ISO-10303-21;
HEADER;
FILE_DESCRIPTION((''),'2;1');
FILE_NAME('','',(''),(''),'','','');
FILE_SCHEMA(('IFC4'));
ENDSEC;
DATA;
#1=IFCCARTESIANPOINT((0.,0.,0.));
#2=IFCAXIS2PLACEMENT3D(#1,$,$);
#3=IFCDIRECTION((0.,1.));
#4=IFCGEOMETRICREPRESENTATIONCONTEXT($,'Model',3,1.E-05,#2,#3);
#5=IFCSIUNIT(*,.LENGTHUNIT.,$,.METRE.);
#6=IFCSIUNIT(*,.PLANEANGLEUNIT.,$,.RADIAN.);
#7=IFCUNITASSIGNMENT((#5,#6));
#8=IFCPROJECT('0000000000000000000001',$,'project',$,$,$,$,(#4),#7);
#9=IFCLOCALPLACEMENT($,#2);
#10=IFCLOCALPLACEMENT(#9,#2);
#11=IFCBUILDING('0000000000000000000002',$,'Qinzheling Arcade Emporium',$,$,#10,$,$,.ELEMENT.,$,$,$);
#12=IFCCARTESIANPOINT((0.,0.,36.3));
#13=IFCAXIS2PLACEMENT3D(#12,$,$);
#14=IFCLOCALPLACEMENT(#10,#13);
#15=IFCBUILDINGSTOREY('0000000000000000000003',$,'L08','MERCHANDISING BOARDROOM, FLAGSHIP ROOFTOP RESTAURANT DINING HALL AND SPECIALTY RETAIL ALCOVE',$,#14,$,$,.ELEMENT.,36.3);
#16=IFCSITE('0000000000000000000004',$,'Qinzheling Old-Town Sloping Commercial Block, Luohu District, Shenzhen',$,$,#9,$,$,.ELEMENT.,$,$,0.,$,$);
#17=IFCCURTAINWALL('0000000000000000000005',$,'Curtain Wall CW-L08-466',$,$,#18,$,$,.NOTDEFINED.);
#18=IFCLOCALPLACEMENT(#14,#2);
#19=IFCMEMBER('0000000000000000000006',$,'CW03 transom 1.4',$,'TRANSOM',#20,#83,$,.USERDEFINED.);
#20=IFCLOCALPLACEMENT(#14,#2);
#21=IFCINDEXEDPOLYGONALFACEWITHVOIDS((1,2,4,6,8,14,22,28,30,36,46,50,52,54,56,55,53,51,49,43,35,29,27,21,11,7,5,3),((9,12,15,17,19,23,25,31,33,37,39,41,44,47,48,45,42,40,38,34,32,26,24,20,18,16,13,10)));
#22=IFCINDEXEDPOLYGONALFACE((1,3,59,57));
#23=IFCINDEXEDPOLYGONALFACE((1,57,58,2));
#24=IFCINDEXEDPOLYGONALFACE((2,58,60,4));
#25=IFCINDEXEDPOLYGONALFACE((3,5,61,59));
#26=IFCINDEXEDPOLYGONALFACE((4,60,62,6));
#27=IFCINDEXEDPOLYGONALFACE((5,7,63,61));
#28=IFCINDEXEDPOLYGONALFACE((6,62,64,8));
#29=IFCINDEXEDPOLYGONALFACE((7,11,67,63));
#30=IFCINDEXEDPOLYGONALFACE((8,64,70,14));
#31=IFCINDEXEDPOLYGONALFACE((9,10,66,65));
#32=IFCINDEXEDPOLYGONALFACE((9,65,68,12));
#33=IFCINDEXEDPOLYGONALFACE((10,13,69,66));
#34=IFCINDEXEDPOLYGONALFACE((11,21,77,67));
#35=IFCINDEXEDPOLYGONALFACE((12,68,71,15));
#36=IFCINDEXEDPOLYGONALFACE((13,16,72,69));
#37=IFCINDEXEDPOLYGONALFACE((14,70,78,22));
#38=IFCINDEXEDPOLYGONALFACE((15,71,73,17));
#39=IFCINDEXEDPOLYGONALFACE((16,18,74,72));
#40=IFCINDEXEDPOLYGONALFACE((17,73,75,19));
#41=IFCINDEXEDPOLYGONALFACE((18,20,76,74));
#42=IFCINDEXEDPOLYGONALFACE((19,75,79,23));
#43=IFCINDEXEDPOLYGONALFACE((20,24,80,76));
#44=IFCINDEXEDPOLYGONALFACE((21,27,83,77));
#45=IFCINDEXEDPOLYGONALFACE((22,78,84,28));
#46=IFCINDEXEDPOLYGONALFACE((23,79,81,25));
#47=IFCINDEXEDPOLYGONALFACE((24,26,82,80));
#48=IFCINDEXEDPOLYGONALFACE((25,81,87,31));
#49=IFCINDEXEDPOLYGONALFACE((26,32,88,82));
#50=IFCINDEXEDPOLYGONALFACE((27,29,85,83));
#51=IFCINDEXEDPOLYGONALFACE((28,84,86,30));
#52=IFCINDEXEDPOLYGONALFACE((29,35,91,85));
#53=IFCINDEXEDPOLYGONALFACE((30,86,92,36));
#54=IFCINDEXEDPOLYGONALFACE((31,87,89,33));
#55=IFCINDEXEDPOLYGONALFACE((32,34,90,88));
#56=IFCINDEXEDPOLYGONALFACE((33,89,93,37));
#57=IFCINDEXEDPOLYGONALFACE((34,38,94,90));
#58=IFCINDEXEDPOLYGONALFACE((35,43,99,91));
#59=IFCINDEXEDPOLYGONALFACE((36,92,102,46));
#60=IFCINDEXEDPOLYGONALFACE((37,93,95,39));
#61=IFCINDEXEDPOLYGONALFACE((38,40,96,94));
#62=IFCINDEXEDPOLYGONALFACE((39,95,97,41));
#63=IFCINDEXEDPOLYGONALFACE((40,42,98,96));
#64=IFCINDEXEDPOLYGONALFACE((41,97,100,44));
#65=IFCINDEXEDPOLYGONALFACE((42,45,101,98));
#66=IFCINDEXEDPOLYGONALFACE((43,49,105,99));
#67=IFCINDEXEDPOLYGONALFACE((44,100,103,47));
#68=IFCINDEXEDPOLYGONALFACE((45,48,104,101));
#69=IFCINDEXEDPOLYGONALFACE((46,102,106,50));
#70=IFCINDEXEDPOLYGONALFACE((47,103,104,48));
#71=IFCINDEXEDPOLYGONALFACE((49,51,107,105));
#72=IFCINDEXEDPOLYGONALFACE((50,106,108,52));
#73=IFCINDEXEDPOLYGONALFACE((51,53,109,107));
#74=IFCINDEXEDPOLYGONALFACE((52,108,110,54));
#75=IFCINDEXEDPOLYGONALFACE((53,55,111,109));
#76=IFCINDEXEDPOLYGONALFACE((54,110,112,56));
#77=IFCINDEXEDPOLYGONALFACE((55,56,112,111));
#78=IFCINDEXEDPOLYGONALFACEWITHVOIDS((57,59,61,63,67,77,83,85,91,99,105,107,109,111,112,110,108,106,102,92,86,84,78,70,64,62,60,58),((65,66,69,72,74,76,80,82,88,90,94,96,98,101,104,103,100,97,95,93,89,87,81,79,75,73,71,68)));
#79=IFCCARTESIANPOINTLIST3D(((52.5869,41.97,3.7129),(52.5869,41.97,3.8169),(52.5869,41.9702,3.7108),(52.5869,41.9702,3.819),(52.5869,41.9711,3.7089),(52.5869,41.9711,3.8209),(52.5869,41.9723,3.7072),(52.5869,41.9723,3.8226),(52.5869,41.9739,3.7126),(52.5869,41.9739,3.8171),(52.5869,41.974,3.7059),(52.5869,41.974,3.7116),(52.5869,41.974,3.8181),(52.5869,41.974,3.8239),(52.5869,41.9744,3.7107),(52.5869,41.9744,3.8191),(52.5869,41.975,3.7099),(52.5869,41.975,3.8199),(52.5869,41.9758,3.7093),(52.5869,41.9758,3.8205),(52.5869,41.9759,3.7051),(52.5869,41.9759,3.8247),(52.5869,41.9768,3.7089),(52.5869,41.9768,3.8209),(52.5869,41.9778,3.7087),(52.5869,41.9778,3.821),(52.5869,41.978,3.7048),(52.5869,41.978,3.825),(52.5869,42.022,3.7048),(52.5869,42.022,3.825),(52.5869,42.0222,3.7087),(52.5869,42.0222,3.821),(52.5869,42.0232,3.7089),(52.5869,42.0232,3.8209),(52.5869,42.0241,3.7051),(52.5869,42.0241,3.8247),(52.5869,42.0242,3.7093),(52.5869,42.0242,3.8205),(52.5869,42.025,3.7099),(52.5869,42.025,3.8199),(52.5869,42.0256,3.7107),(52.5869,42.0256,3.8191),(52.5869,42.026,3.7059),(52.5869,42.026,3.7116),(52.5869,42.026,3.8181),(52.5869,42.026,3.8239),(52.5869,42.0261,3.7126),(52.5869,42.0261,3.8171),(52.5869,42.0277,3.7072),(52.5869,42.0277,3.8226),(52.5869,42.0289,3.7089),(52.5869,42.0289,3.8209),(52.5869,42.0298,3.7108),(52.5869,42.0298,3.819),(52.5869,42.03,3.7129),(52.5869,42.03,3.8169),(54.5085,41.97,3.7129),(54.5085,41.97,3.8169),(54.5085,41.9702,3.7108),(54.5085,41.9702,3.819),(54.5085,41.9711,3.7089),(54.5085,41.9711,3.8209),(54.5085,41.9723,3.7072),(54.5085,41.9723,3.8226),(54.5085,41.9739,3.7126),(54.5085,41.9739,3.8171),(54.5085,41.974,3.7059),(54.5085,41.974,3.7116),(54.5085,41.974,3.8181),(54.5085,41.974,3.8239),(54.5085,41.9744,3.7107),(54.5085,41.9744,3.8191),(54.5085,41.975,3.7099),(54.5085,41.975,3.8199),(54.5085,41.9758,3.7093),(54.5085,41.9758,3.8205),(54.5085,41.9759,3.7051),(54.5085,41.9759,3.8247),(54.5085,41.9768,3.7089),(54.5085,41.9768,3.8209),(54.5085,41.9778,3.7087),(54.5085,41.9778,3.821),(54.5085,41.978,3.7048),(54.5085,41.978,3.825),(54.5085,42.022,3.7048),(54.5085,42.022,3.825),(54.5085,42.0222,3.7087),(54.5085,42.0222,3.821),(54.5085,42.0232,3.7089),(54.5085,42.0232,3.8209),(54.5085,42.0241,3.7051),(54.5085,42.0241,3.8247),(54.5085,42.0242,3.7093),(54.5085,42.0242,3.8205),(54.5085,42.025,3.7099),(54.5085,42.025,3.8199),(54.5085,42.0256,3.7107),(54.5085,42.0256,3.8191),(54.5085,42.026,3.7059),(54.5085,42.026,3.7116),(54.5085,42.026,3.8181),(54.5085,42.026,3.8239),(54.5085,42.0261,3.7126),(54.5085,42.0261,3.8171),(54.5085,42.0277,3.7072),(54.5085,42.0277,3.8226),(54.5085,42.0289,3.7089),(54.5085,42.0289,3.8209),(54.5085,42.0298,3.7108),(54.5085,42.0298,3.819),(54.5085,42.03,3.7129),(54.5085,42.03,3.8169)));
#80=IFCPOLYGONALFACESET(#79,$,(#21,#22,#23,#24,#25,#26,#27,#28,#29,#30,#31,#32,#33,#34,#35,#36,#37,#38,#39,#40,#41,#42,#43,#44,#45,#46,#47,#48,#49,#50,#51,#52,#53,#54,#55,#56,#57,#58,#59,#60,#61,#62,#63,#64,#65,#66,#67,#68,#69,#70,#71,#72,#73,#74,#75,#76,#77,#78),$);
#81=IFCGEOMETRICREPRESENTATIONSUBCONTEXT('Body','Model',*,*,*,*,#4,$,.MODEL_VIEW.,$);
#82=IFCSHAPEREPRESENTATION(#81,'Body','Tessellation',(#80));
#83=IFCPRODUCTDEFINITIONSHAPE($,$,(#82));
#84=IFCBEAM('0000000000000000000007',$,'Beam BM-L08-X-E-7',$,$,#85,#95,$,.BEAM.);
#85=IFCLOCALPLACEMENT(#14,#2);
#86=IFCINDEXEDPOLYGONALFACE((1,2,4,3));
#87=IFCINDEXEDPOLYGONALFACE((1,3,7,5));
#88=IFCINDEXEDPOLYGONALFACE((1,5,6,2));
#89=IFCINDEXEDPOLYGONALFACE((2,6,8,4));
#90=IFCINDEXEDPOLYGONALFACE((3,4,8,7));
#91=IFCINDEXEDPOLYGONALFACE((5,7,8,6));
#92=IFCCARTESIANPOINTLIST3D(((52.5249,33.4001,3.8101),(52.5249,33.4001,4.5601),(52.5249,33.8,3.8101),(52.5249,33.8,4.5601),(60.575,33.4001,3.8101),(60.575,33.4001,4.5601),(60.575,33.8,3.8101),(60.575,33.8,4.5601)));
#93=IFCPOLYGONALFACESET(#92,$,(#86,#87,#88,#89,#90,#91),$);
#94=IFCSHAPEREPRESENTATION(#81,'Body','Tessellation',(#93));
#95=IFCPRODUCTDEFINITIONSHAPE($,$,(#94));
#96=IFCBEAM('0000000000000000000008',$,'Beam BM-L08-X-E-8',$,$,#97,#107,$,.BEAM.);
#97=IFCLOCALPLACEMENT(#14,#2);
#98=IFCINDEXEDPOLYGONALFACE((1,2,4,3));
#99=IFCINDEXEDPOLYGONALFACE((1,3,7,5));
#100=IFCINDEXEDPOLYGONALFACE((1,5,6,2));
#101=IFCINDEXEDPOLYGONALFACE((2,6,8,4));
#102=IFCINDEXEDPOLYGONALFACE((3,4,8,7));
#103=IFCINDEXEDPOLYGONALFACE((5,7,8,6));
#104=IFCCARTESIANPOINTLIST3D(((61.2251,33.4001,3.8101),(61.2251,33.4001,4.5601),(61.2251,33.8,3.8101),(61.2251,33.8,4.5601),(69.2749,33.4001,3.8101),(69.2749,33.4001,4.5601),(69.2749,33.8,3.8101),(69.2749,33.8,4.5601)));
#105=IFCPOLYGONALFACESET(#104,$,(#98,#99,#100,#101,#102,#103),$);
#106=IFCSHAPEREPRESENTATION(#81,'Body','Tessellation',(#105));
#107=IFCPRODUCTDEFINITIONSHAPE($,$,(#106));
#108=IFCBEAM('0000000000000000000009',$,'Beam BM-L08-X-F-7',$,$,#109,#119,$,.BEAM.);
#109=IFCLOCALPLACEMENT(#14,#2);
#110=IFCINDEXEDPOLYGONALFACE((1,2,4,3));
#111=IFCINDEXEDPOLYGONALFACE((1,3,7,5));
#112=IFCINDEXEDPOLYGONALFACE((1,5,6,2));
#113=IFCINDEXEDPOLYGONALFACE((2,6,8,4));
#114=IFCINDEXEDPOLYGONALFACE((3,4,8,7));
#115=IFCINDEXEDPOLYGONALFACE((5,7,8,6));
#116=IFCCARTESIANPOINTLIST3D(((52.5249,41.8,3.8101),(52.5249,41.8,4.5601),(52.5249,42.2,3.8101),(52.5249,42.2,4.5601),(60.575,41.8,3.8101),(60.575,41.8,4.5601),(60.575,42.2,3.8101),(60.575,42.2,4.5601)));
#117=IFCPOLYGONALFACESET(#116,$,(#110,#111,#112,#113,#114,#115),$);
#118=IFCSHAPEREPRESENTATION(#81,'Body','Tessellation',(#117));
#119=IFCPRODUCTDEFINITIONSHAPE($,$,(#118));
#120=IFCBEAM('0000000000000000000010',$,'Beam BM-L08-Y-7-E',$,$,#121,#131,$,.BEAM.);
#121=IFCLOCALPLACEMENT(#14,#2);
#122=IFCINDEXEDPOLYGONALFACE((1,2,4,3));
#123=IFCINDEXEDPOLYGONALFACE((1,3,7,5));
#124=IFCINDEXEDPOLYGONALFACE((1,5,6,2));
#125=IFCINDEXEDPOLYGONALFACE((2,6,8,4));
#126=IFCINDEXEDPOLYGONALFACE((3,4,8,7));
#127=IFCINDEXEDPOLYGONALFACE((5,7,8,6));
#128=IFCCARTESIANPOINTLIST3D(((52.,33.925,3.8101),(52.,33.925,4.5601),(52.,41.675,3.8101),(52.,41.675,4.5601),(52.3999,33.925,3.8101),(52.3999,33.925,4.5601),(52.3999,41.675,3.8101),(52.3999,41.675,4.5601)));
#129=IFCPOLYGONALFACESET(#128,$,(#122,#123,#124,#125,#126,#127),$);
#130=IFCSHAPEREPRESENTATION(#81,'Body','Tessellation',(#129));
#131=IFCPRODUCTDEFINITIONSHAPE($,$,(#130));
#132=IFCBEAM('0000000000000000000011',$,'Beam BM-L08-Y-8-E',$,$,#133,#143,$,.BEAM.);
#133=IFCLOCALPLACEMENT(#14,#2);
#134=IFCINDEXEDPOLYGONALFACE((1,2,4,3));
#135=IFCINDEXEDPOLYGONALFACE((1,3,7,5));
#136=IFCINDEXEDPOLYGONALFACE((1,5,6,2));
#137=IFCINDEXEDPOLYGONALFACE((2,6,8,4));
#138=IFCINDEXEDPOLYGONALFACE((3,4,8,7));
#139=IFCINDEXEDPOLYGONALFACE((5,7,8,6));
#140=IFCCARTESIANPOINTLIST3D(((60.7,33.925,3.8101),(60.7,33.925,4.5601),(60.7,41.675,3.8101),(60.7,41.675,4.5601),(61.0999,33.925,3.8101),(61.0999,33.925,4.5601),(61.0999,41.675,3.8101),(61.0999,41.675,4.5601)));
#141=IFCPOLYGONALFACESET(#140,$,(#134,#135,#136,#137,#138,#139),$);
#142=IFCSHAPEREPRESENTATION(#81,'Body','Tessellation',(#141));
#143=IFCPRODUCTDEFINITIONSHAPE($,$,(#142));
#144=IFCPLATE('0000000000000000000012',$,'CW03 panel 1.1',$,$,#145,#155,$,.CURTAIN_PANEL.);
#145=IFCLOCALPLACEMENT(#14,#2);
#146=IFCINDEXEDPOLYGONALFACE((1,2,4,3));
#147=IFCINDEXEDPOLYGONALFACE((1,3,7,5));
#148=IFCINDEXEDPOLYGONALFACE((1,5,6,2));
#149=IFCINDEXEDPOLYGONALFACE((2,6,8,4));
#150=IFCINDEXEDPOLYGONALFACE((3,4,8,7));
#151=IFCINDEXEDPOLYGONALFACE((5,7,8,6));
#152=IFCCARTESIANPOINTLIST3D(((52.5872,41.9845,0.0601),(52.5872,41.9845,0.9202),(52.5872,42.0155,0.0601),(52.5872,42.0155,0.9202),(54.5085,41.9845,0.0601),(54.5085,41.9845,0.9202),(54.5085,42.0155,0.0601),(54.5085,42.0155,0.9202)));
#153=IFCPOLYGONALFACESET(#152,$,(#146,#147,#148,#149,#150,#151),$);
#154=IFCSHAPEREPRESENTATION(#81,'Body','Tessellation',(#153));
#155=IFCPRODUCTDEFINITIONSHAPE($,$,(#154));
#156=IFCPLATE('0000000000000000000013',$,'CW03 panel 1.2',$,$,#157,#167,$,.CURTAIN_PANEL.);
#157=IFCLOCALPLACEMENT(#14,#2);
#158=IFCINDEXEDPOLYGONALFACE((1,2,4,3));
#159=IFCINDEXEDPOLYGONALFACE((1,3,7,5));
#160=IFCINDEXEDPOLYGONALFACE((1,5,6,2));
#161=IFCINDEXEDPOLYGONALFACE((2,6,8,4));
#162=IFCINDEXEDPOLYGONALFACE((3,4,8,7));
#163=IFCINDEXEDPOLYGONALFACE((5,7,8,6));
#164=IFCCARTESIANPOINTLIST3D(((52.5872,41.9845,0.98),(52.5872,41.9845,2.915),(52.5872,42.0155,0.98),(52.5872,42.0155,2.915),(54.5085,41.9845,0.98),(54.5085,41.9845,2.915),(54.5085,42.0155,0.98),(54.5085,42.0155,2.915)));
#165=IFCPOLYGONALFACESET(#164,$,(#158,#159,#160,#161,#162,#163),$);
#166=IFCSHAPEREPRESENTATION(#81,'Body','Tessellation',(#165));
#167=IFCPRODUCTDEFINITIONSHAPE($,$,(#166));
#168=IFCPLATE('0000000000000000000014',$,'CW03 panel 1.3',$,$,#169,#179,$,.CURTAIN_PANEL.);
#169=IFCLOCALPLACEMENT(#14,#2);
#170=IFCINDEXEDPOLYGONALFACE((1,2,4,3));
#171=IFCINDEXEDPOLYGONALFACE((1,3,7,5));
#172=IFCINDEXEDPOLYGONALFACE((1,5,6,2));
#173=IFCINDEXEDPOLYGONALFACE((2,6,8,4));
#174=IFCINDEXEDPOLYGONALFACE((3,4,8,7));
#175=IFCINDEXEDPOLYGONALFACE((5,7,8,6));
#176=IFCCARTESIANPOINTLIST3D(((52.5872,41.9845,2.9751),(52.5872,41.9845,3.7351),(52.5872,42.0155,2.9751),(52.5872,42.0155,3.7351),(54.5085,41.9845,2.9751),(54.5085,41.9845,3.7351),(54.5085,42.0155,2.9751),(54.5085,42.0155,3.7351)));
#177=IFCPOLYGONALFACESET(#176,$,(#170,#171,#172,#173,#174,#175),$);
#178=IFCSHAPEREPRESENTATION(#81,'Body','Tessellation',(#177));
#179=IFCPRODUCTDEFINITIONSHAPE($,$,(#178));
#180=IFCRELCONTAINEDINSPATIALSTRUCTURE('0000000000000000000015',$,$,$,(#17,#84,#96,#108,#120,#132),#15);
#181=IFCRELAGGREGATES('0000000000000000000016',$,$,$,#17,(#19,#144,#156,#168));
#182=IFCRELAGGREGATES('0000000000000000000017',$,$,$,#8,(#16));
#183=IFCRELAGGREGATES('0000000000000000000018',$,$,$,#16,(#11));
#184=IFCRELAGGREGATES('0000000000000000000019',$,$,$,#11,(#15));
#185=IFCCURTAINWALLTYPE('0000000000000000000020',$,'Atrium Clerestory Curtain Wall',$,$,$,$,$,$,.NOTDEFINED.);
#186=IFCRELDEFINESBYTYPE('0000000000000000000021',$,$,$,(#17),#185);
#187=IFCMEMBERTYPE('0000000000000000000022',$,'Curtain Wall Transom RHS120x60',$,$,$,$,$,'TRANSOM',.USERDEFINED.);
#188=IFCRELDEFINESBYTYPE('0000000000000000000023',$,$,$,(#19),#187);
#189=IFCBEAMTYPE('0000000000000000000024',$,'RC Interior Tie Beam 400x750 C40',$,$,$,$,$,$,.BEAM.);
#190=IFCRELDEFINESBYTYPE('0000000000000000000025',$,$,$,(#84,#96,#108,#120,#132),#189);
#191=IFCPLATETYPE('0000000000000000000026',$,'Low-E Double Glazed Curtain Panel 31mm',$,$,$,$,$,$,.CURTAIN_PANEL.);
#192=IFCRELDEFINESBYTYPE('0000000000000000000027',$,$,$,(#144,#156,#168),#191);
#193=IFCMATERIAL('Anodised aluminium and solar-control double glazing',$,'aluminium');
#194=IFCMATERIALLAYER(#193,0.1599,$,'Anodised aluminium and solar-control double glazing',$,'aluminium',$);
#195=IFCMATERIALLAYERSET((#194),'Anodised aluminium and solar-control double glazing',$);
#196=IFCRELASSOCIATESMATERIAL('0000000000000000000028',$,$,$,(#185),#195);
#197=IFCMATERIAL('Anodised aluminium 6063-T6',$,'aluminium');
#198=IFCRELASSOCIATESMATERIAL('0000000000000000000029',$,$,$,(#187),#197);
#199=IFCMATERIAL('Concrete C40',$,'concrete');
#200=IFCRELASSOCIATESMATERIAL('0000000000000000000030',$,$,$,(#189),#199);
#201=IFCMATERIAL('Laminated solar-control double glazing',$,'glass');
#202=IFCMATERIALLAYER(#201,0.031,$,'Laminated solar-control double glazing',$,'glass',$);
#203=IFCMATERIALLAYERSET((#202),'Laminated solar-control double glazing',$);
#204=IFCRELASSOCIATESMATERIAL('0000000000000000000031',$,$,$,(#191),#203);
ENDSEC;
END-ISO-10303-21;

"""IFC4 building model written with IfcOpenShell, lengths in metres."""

from ifc_helpers import new_model, si_unit, direction, frame, origin, origin_2d, place, context, subcontext, project, spatial, rectangle, hollow_rectangle, extrude, material, layer, layer_set, material_profile, profile_set, type_object, element, aggregate, save


model = new_model("IFC4")

# Units and contexts
model_context = context("Model", 3, precision=1e-05, world=origin(), true_north=direction((0.0, 1.0)))
body_context = subcontext(model_context, "Body", "Model", "MODEL_VIEW")
ifc_project = project(units=[si_unit("LENGTHUNIT", "METRE"), si_unit("PLANEANGLEUNIT", "RADIAN")], contexts=[model_context])

# Site, building, storey
site_placement = place(None, origin())
site = spatial("IfcSite", under=ifc_project, at=site_placement, Name="Qinzheling Old-Town Sloping Commercial Block, Luohu District, Shenzhen", CompositionType="ELEMENT", RefElevation=0.0)
building_placement = place(site_placement, origin())
building = spatial("IfcBuilding", under=site, at=building_placement, Name="Qinzheling Arcade Emporium", CompositionType="ELEMENT")
storey_placement = place(building_placement, frame((0.0, 0.0, 36.3)))
storey = spatial("IfcBuildingStorey", under=building, at=storey_placement, Name="L08", Description="MERCHANDISING BOARDROOM, FLAGSHIP ROOFTOP RESTAURANT DINING HALL AND SPECIALTY RETAIL ALCOVE", CompositionType="ELEMENT", Elevation=36.3)

# Shared definitions
ifc_material_1 = material(Name="Concrete C40", Category="concrete")

# Shared definitions
ifc_material_2 = material(Name="Anodised aluminium and solar-control double glazing", Category="aluminium")
ifc_layer_1 = layer(ifc_material_2, 0.1599, Name="Anodised aluminium and solar-control double glazing", Category="aluminium")
ifc_layer_set_1 = layer_set([ifc_layer_1], Name="Anodised aluminium and solar-control double glazing")
curtain_wall_type = type_object("IfcCurtainWallType", Name="Atrium Clerestory Curtain Wall", PredefinedType="NOTDEFINED", material=ifc_layer_set_1)
ifc_material_3 = material(Name="Anodised aluminium 6063-T6", Category="aluminium")

# Curtain wall, member
curtain_wall_1_placement = place(storey_placement, origin())
curtain_wall_1 = element("IfcCurtainWall", 1, at=curtain_wall_1_placement, inside=storey, type_object=curtain_wall_type, Name="Curtain Wall CW-L08-466", PredefinedType="NOTDEFINED")
ifc_material_profile_1 = material_profile(ifc_material_3, hollow_rectangle(XDim=0.0601, YDim=0.1201, WallThickness=0.0039, InnerFilletRadius=0.0039, OuterFilletRadius=0.0081, at=origin_2d()), Name="RHS 120x60x4", Category="aluminium")
ifc_profile_set_1 = profile_set([ifc_material_profile_1], Name="Anodised aluminium 6063-T6")
member_type_1 = type_object("IfcMemberType", Name="Curtain Wall Transom RHS120x60", ElementType="TRANSOM", PredefinedType="USERDEFINED", material=ifc_profile_set_1)
member_1_placement = place(storey_placement, frame((52.5869, 42.0, 3.7649), z_axis=(1.0, 0.0, 0.0), x_axis=(0.0, 1.0, 0.0)))
member_1 = element("IfcMember", 2, at=member_1_placement, type_object=member_type_1, Name="CW03 transom 1.4", ObjectType="TRANSOM", PredefinedType="USERDEFINED", context=body_context, shape_type="SweptSolid", body=[
    extrude(hollow_rectangle(XDim=0.0601, YDim=0.1201, WallThickness=0.0039, InnerFilletRadius=0.0039, OuterFilletRadius=0.0081, at=origin_2d()), origin(), (0.0, 0.0, 1.0), 1.9216),
])

# Beams
ifc_material_profile_2 = material_profile(ifc_material_1, rectangle(XDim=0.3999, YDim=0.75, at=origin_2d()), Name="RC 400x750", Category="concrete")
ifc_profile_set_2 = profile_set([ifc_material_profile_2], Name="Concrete C40")
beam_type = type_object("IfcBeamType", Name="RC Interior Tie Beam 400x750 C40", PredefinedType="BEAM", material=ifc_profile_set_2)
beam_1_placement = place(storey_placement, frame((52.5249, 33.6001, 4.1851), z_axis=(1.0, 0.0, 0.0), x_axis=(0.0, 1.0, 0.0)))
element("IfcBeam", 3, at=beam_1_placement, inside=storey, type_object=beam_type, Name="Beam BM-L08-X-E-7", PredefinedType="BEAM", context=body_context, shape_type="SweptSolid", body=[
    extrude(rectangle(XDim=0.3999, YDim=0.75, at=origin_2d()), origin(), (0.0, 0.0, 1.0), 8.05),
])
beam_2_placement = place(storey_placement, frame((61.2251, 33.6001, 4.1851), z_axis=(1.0, 0.0, 0.0), x_axis=(0.0, 1.0, 0.0)))
element("IfcBeam", 4, at=beam_2_placement, inside=storey, type_object=beam_type, Name="Beam BM-L08-X-E-8", PredefinedType="BEAM", context=body_context, shape_type="SweptSolid", body=[
    extrude(rectangle(XDim=0.3999, YDim=0.75, at=origin_2d()), origin(), (0.0, 0.0, 1.0), 8.0498),
])
beam_3_placement = place(storey_placement, frame((52.5249, 42.0, 4.1851), z_axis=(1.0, 0.0, 0.0), x_axis=(0.0, 1.0, 0.0)))
element("IfcBeam", 5, at=beam_3_placement, inside=storey, type_object=beam_type, Name="Beam BM-L08-X-F-7", PredefinedType="BEAM", context=body_context, shape_type="SweptSolid", body=[
    extrude(rectangle(XDim=0.3999, YDim=0.75, at=origin_2d()), origin(), (0.0, 0.0, 1.0), 8.05),
])
for number, where, z_axis, x_axis, name in (
    (6, (52.2, 33.925, 4.1851), (0.0, 1.0, 0.0), (-1.0, 0.0, 0.0), "Beam BM-L08-Y-7-E"),
    (7, (60.8999, 33.925, 4.1851), (0.0, 1.0, 0.0), (-1.0, 0.0, 0.0), "Beam BM-L08-Y-8-E"),
):
    element("IfcBeam", number, at=place(storey_placement, frame(where, z_axis=z_axis, x_axis=x_axis)), inside=storey, type_object=beam_type, Name=name, PredefinedType="BEAM", context=body_context, shape_type="SweptSolid", body=[
        extrude(rectangle(XDim=0.3999, YDim=0.75, at=origin_2d()), origin(), (0.0, 0.0, 1.0), 7.75),
    ])

# Plates
ifc_material_4 = material(Name="Laminated solar-control double glazing", Category="glass")
ifc_layer_2 = layer(ifc_material_4, 0.031, Name="Laminated solar-control double glazing", Category="glass")
ifc_layer_set_2 = layer_set([ifc_layer_2], Name="Laminated solar-control double glazing")
plate_type = type_object("IfcPlateType", Name="Low-E Double Glazed Curtain Panel 31mm", PredefinedType="CURTAIN_PANEL", material=ifc_layer_set_2)
plate_1_placement = place(storey_placement, frame((53.5479, 42.0, 0.0601), z_axis=(0.0, 0.0, 1.0), x_axis=(1.0, 0.0, 0.0)))
plate_1 = element("IfcPlate", 8, at=plate_1_placement, type_object=plate_type, Name="CW03 panel 1.1", PredefinedType="CURTAIN_PANEL", context=body_context, shape_type="SweptSolid", body=[
    extrude(rectangle(XDim=1.9214, YDim=0.031, at=origin_2d()), origin(), (0.0, 0.0, 1.0), 0.8601),
])
plate_2_placement = place(storey_placement, frame((53.5479, 42.0, 0.98), z_axis=(0.0, 0.0, 1.0), x_axis=(1.0, 0.0, 0.0)))
plate_2 = element("IfcPlate", 9, at=plate_2_placement, type_object=plate_type, Name="CW03 panel 1.2", PredefinedType="CURTAIN_PANEL", context=body_context, shape_type="SweptSolid", body=[
    extrude(rectangle(XDim=1.9214, YDim=0.031, at=origin_2d()), origin(), (0.0, 0.0, 1.0), 1.9351),
])
plate_3_placement = place(storey_placement, frame((53.5479, 42.0, 2.9751), z_axis=(0.0, 0.0, 1.0), x_axis=(1.0, 0.0, 0.0)))
plate_3 = element("IfcPlate", 10, at=plate_3_placement, type_object=plate_type, Name="CW03 panel 1.3", PredefinedType="CURTAIN_PANEL", context=body_context, shape_type="SweptSolid", body=[
    extrude(rectangle(XDim=1.9214, YDim=0.031, at=origin_2d()), origin(), (0.0, 0.0, 1.0), 0.76),
])
aggregate(curtain_wall_1, [member_1, plate_1, plate_2, plate_3])

save(model, "model.ifc")
